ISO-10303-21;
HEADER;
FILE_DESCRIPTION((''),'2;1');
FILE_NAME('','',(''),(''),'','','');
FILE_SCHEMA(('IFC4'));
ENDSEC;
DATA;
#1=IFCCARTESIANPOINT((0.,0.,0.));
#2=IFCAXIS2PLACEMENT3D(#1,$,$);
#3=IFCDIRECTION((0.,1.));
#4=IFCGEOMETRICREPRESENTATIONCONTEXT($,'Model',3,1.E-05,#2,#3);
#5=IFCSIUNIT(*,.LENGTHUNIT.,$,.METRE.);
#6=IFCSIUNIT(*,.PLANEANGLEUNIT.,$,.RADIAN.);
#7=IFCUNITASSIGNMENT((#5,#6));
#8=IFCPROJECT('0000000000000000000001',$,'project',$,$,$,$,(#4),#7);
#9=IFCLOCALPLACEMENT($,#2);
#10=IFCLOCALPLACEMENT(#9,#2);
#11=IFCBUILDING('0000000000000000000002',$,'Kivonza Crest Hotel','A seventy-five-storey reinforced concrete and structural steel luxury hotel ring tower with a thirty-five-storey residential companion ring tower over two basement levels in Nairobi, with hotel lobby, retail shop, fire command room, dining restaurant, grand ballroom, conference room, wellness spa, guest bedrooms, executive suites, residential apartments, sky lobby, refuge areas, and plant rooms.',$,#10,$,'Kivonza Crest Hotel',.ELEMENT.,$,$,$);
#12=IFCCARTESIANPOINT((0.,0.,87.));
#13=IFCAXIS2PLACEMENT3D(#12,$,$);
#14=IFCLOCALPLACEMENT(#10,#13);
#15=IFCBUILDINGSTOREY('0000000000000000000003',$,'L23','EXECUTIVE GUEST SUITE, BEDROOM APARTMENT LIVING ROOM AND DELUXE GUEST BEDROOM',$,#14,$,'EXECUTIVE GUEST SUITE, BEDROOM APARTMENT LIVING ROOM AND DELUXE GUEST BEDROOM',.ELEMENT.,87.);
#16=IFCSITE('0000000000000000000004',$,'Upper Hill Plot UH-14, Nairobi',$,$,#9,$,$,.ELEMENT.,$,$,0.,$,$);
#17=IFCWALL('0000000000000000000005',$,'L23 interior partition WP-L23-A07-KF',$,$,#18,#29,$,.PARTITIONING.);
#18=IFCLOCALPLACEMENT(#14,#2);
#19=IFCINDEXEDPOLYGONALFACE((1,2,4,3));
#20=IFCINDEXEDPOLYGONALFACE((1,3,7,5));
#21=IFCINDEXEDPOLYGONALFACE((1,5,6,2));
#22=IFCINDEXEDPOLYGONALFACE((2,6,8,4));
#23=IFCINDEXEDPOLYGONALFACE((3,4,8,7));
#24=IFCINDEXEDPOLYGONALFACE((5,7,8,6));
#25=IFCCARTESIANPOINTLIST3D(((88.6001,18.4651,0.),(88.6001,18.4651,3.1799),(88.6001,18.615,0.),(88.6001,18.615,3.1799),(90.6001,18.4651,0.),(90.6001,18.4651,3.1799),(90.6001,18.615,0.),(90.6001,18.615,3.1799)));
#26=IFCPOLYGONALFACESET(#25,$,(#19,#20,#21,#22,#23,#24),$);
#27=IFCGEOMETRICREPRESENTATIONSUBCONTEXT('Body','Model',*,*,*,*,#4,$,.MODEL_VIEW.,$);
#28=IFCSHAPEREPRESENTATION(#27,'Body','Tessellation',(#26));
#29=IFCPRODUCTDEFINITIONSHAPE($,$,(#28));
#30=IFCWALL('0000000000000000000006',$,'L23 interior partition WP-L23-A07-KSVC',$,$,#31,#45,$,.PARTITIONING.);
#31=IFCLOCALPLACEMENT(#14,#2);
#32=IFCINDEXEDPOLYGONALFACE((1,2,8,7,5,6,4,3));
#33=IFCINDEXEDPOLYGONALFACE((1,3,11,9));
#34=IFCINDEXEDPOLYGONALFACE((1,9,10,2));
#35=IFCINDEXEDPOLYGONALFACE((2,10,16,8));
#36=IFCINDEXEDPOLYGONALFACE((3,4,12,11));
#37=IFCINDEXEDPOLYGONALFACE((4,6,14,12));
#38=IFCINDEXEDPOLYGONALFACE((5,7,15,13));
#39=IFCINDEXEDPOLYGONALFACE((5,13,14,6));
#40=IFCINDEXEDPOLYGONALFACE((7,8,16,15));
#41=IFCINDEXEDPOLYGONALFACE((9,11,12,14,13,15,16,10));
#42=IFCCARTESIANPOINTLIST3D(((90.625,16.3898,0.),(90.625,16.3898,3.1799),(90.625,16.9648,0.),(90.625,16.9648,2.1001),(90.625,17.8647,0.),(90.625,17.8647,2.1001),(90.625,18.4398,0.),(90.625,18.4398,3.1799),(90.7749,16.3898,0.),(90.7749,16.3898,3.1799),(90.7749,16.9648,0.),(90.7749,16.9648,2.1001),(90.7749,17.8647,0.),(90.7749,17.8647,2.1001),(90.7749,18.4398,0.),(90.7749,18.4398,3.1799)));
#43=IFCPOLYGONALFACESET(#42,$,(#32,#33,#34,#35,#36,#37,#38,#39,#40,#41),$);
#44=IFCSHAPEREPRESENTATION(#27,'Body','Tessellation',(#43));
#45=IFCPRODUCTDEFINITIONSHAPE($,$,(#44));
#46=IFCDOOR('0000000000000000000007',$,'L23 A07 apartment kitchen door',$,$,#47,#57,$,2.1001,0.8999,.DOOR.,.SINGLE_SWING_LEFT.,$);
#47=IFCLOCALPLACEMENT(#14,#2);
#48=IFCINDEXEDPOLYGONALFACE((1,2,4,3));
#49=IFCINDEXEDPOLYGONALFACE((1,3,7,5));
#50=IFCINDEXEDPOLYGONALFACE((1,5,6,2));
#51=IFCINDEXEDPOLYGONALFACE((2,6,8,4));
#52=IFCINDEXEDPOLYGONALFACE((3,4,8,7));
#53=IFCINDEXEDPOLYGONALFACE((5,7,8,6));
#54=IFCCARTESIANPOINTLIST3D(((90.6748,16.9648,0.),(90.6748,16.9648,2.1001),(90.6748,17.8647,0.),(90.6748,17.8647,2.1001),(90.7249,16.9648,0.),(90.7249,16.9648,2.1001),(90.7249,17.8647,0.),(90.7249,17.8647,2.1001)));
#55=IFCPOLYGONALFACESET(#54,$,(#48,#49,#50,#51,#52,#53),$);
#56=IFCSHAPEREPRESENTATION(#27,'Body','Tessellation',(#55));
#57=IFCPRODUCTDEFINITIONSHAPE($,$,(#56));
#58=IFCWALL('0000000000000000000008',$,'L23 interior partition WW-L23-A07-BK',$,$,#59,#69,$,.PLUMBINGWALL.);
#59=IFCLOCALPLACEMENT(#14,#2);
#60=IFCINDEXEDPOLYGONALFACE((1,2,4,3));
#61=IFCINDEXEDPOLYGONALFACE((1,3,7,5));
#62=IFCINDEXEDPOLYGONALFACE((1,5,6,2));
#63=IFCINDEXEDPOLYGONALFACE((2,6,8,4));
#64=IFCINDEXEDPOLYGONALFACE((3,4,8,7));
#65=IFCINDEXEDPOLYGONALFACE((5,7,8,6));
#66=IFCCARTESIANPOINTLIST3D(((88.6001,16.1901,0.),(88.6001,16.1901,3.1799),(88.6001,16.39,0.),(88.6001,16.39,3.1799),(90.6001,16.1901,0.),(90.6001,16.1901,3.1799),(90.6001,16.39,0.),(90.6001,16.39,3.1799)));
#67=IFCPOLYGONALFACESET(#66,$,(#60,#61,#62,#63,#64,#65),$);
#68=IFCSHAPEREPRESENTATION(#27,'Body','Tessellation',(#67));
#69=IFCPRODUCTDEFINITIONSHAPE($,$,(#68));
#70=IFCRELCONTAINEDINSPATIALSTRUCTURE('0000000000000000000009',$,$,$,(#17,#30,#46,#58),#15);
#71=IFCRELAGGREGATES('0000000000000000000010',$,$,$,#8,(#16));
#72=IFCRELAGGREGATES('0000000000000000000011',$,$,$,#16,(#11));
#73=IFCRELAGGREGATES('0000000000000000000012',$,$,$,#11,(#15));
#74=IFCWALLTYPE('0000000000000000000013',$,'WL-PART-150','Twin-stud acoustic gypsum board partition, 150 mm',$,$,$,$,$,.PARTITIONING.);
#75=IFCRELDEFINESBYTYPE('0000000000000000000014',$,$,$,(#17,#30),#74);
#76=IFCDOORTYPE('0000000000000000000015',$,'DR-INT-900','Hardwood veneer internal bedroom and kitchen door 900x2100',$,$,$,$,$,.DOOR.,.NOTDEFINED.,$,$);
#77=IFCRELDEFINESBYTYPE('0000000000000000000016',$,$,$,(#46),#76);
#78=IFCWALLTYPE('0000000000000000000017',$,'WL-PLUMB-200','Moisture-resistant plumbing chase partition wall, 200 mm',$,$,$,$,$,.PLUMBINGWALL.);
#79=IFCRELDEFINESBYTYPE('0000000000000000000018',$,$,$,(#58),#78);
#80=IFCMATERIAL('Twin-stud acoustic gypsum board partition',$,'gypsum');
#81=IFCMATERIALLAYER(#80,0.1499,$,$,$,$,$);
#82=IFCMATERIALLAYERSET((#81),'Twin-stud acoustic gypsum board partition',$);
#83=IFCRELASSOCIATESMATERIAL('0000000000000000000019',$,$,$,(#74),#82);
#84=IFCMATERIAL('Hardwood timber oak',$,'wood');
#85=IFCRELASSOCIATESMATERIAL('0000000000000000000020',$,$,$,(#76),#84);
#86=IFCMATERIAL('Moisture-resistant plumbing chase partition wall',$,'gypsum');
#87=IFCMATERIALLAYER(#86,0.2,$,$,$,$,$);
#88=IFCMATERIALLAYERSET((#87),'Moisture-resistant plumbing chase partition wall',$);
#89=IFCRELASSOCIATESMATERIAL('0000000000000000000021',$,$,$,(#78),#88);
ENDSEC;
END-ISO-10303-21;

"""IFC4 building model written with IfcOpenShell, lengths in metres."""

from ifc_helpers import new_model, si_unit, direction, frame, frame_2d, origin, place, context, subcontext, project, spatial, rectangle, extrude, material, layer, layer_set, type_object, element, fill, save


model = new_model("IFC4")

# Units and contexts
model_context = context("Model", 3, precision=1e-05, world=origin(), true_north=direction((0.0, 1.0)))
body_context = subcontext(model_context, "Body", "Model", "MODEL_VIEW")
ifc_project = project(units=[si_unit("LENGTHUNIT", "METRE"), si_unit("PLANEANGLEUNIT", "RADIAN")], contexts=[model_context])

# Site, building, storey
site_placement = place(None, origin())
site = spatial("IfcSite", under=ifc_project, at=site_placement, Name="Upper Hill Plot UH-14, Nairobi", CompositionType="ELEMENT", RefElevation=0.0)
building_placement = place(site_placement, origin())
building = spatial("IfcBuilding", under=site, at=building_placement, Name="Kivonza Crest Hotel", Description="A seventy-five-storey reinforced concrete and structural steel luxury hotel ring tower with a thirty-five-storey residential companion ring tower over two basement levels in Nairobi, with hotel lobby, retail shop, fire command room, dining restaurant, grand ballroom, conference room, wellness spa, guest bedrooms, executive suites, residential apartments, sky lobby, refuge areas, and plant rooms.", LongName="Kivonza Crest Hotel", CompositionType="ELEMENT")
storey_placement = place(building_placement, frame((0.0, 0.0, 87.0)))
storey = spatial("IfcBuildingStorey", under=building, at=storey_placement, Name="L23", Description="EXECUTIVE GUEST SUITE, BEDROOM APARTMENT LIVING ROOM AND DELUXE GUEST BEDROOM", LongName="EXECUTIVE GUEST SUITE, BEDROOM APARTMENT LIVING ROOM AND DELUXE GUEST BEDROOM", CompositionType="ELEMENT", Elevation=87.0)

# Shared definitions
ifc_material_1 = material(Name="Hardwood timber oak", Category="wood")

# Wall
ifc_material_2 = material(Name="Twin-stud acoustic gypsum board partition", Category="gypsum")
ifc_layer_1 = layer(ifc_material_2, 0.1499)
ifc_layer_set_1 = layer_set([ifc_layer_1], Name="Twin-stud acoustic gypsum board partition")
wall_type_1 = type_object("IfcWallType", Name="WL-PART-150", Description="Twin-stud acoustic gypsum board partition, 150 mm", PredefinedType="PARTITIONING", material=ifc_layer_set_1)
wall_1_placement = place(storey_placement, frame((88.6001, 18.54, 0.0), z_axis=(0.0, 0.0, 1.0), x_axis=(1.0, 0.0, 0.0)))
element("IfcWall", 1, at=wall_1_placement, inside=storey, type_object=wall_type_1, Name="L23 interior partition WP-L23-A07-KF", PredefinedType="PARTITIONING", context=body_context, shape_type="SweptSolid", body=[
    extrude(rectangle(XDim=2.0, YDim=0.1499, at=frame_2d((1.0, 0.0))), origin(), (0.0, 0.0, 1.0), 3.1799),
])

# Wall, opening, door
wall_2_placement = place(storey_placement, frame((90.7, 16.3899, 0.0), z_axis=(0.0, 0.0, 1.0), x_axis=(0.0, 1.0, 0.0)))
wall_2 = element("IfcWall", 2, at=wall_2_placement, inside=storey, type_object=wall_type_1, Name="L23 interior partition WP-L23-A07-KSVC", PredefinedType="PARTITIONING", context=body_context, shape_type="SweptSolid", body=[
    extrude(rectangle(XDim=2.05, YDim=0.1499, at=frame_2d((1.0249, 0.0))), origin(), (0.0, 0.0, 1.0), 3.1799),
])
opening_1_placement = place(wall_2_placement, frame((0.575, 0.0, 0.0)))
opening_1 = element("IfcOpeningElement", 3, at=opening_1_placement, cuts=wall_2, PredefinedType="OPENING", context=body_context, shape_type="SweptSolid", body=[
    extrude(rectangle(XDim=0.8999, YDim=2.1001, at=frame_2d((0.45, 1.05))), frame((0.0, 0.085, 0.0), z_axis=(0.0, -1.0, 0.0), x_axis=(1.0, 0.0, 0.0)), (0.0, 0.0, 1.0), 0.1699),
])
door_type_1 = type_object("IfcDoorType", Name="DR-INT-900", Description="Hardwood veneer internal bedroom and kitchen door 900x2100", OperationType="NOTDEFINED", PredefinedType="DOOR", material=ifc_material_1)
door_1_placement = place(opening_1_placement, frame((0.8999, 0.0, 0.0), z_axis=(0.0, 0.0, 1.0), x_axis=(-1.0, 0.0, 0.0)))
door_1 = element("IfcDoor", 4, at=door_1_placement, inside=storey, type_object=door_type_1, Name="L23 A07 apartment kitchen door", OperationType="SINGLE_SWING_LEFT", OverallHeight=2.1001, OverallWidth=0.8999, PredefinedType="DOOR", context=body_context, shape_type="SweptSolid", body=[
    extrude(rectangle(XDim=0.8999, YDim=2.1001, at=frame_2d((0.45, 1.05))), frame((0.0, 0.0249, 0.0), z_axis=(0.0, -1.0, 0.0), x_axis=(1.0, 0.0, 0.0)), (0.0, 0.0, 1.0), 0.05),
])
fill(opening_1, door_1)

# Wall
ifc_material_3 = material(Name="Moisture-resistant plumbing chase partition wall", Category="gypsum")
ifc_layer_2 = layer(ifc_material_3, 0.2)
ifc_layer_set_2 = layer_set([ifc_layer_2], Name="Moisture-resistant plumbing chase partition wall")
wall_type_2 = type_object("IfcWallType", Name="WL-PLUMB-200", Description="Moisture-resistant plumbing chase partition wall, 200 mm", PredefinedType="PLUMBINGWALL", material=ifc_layer_set_2)
wall_3_placement = place(storey_placement, frame((88.6001, 16.29, 0.0), z_axis=(0.0, 0.0, 1.0), x_axis=(1.0, 0.0, 0.0)))
element("IfcWall", 5, at=wall_3_placement, inside=storey, type_object=wall_type_2, Name="L23 interior partition WW-L23-A07-BK", PredefinedType="PLUMBINGWALL", context=body_context, shape_type="SweptSolid", body=[
    extrude(rectangle(XDim=2.0, YDim=0.2, at=frame_2d((1.0, 0.0))), origin(), (0.0, 0.0, 1.0), 3.1799),
])

save(model, "model.ifc")
